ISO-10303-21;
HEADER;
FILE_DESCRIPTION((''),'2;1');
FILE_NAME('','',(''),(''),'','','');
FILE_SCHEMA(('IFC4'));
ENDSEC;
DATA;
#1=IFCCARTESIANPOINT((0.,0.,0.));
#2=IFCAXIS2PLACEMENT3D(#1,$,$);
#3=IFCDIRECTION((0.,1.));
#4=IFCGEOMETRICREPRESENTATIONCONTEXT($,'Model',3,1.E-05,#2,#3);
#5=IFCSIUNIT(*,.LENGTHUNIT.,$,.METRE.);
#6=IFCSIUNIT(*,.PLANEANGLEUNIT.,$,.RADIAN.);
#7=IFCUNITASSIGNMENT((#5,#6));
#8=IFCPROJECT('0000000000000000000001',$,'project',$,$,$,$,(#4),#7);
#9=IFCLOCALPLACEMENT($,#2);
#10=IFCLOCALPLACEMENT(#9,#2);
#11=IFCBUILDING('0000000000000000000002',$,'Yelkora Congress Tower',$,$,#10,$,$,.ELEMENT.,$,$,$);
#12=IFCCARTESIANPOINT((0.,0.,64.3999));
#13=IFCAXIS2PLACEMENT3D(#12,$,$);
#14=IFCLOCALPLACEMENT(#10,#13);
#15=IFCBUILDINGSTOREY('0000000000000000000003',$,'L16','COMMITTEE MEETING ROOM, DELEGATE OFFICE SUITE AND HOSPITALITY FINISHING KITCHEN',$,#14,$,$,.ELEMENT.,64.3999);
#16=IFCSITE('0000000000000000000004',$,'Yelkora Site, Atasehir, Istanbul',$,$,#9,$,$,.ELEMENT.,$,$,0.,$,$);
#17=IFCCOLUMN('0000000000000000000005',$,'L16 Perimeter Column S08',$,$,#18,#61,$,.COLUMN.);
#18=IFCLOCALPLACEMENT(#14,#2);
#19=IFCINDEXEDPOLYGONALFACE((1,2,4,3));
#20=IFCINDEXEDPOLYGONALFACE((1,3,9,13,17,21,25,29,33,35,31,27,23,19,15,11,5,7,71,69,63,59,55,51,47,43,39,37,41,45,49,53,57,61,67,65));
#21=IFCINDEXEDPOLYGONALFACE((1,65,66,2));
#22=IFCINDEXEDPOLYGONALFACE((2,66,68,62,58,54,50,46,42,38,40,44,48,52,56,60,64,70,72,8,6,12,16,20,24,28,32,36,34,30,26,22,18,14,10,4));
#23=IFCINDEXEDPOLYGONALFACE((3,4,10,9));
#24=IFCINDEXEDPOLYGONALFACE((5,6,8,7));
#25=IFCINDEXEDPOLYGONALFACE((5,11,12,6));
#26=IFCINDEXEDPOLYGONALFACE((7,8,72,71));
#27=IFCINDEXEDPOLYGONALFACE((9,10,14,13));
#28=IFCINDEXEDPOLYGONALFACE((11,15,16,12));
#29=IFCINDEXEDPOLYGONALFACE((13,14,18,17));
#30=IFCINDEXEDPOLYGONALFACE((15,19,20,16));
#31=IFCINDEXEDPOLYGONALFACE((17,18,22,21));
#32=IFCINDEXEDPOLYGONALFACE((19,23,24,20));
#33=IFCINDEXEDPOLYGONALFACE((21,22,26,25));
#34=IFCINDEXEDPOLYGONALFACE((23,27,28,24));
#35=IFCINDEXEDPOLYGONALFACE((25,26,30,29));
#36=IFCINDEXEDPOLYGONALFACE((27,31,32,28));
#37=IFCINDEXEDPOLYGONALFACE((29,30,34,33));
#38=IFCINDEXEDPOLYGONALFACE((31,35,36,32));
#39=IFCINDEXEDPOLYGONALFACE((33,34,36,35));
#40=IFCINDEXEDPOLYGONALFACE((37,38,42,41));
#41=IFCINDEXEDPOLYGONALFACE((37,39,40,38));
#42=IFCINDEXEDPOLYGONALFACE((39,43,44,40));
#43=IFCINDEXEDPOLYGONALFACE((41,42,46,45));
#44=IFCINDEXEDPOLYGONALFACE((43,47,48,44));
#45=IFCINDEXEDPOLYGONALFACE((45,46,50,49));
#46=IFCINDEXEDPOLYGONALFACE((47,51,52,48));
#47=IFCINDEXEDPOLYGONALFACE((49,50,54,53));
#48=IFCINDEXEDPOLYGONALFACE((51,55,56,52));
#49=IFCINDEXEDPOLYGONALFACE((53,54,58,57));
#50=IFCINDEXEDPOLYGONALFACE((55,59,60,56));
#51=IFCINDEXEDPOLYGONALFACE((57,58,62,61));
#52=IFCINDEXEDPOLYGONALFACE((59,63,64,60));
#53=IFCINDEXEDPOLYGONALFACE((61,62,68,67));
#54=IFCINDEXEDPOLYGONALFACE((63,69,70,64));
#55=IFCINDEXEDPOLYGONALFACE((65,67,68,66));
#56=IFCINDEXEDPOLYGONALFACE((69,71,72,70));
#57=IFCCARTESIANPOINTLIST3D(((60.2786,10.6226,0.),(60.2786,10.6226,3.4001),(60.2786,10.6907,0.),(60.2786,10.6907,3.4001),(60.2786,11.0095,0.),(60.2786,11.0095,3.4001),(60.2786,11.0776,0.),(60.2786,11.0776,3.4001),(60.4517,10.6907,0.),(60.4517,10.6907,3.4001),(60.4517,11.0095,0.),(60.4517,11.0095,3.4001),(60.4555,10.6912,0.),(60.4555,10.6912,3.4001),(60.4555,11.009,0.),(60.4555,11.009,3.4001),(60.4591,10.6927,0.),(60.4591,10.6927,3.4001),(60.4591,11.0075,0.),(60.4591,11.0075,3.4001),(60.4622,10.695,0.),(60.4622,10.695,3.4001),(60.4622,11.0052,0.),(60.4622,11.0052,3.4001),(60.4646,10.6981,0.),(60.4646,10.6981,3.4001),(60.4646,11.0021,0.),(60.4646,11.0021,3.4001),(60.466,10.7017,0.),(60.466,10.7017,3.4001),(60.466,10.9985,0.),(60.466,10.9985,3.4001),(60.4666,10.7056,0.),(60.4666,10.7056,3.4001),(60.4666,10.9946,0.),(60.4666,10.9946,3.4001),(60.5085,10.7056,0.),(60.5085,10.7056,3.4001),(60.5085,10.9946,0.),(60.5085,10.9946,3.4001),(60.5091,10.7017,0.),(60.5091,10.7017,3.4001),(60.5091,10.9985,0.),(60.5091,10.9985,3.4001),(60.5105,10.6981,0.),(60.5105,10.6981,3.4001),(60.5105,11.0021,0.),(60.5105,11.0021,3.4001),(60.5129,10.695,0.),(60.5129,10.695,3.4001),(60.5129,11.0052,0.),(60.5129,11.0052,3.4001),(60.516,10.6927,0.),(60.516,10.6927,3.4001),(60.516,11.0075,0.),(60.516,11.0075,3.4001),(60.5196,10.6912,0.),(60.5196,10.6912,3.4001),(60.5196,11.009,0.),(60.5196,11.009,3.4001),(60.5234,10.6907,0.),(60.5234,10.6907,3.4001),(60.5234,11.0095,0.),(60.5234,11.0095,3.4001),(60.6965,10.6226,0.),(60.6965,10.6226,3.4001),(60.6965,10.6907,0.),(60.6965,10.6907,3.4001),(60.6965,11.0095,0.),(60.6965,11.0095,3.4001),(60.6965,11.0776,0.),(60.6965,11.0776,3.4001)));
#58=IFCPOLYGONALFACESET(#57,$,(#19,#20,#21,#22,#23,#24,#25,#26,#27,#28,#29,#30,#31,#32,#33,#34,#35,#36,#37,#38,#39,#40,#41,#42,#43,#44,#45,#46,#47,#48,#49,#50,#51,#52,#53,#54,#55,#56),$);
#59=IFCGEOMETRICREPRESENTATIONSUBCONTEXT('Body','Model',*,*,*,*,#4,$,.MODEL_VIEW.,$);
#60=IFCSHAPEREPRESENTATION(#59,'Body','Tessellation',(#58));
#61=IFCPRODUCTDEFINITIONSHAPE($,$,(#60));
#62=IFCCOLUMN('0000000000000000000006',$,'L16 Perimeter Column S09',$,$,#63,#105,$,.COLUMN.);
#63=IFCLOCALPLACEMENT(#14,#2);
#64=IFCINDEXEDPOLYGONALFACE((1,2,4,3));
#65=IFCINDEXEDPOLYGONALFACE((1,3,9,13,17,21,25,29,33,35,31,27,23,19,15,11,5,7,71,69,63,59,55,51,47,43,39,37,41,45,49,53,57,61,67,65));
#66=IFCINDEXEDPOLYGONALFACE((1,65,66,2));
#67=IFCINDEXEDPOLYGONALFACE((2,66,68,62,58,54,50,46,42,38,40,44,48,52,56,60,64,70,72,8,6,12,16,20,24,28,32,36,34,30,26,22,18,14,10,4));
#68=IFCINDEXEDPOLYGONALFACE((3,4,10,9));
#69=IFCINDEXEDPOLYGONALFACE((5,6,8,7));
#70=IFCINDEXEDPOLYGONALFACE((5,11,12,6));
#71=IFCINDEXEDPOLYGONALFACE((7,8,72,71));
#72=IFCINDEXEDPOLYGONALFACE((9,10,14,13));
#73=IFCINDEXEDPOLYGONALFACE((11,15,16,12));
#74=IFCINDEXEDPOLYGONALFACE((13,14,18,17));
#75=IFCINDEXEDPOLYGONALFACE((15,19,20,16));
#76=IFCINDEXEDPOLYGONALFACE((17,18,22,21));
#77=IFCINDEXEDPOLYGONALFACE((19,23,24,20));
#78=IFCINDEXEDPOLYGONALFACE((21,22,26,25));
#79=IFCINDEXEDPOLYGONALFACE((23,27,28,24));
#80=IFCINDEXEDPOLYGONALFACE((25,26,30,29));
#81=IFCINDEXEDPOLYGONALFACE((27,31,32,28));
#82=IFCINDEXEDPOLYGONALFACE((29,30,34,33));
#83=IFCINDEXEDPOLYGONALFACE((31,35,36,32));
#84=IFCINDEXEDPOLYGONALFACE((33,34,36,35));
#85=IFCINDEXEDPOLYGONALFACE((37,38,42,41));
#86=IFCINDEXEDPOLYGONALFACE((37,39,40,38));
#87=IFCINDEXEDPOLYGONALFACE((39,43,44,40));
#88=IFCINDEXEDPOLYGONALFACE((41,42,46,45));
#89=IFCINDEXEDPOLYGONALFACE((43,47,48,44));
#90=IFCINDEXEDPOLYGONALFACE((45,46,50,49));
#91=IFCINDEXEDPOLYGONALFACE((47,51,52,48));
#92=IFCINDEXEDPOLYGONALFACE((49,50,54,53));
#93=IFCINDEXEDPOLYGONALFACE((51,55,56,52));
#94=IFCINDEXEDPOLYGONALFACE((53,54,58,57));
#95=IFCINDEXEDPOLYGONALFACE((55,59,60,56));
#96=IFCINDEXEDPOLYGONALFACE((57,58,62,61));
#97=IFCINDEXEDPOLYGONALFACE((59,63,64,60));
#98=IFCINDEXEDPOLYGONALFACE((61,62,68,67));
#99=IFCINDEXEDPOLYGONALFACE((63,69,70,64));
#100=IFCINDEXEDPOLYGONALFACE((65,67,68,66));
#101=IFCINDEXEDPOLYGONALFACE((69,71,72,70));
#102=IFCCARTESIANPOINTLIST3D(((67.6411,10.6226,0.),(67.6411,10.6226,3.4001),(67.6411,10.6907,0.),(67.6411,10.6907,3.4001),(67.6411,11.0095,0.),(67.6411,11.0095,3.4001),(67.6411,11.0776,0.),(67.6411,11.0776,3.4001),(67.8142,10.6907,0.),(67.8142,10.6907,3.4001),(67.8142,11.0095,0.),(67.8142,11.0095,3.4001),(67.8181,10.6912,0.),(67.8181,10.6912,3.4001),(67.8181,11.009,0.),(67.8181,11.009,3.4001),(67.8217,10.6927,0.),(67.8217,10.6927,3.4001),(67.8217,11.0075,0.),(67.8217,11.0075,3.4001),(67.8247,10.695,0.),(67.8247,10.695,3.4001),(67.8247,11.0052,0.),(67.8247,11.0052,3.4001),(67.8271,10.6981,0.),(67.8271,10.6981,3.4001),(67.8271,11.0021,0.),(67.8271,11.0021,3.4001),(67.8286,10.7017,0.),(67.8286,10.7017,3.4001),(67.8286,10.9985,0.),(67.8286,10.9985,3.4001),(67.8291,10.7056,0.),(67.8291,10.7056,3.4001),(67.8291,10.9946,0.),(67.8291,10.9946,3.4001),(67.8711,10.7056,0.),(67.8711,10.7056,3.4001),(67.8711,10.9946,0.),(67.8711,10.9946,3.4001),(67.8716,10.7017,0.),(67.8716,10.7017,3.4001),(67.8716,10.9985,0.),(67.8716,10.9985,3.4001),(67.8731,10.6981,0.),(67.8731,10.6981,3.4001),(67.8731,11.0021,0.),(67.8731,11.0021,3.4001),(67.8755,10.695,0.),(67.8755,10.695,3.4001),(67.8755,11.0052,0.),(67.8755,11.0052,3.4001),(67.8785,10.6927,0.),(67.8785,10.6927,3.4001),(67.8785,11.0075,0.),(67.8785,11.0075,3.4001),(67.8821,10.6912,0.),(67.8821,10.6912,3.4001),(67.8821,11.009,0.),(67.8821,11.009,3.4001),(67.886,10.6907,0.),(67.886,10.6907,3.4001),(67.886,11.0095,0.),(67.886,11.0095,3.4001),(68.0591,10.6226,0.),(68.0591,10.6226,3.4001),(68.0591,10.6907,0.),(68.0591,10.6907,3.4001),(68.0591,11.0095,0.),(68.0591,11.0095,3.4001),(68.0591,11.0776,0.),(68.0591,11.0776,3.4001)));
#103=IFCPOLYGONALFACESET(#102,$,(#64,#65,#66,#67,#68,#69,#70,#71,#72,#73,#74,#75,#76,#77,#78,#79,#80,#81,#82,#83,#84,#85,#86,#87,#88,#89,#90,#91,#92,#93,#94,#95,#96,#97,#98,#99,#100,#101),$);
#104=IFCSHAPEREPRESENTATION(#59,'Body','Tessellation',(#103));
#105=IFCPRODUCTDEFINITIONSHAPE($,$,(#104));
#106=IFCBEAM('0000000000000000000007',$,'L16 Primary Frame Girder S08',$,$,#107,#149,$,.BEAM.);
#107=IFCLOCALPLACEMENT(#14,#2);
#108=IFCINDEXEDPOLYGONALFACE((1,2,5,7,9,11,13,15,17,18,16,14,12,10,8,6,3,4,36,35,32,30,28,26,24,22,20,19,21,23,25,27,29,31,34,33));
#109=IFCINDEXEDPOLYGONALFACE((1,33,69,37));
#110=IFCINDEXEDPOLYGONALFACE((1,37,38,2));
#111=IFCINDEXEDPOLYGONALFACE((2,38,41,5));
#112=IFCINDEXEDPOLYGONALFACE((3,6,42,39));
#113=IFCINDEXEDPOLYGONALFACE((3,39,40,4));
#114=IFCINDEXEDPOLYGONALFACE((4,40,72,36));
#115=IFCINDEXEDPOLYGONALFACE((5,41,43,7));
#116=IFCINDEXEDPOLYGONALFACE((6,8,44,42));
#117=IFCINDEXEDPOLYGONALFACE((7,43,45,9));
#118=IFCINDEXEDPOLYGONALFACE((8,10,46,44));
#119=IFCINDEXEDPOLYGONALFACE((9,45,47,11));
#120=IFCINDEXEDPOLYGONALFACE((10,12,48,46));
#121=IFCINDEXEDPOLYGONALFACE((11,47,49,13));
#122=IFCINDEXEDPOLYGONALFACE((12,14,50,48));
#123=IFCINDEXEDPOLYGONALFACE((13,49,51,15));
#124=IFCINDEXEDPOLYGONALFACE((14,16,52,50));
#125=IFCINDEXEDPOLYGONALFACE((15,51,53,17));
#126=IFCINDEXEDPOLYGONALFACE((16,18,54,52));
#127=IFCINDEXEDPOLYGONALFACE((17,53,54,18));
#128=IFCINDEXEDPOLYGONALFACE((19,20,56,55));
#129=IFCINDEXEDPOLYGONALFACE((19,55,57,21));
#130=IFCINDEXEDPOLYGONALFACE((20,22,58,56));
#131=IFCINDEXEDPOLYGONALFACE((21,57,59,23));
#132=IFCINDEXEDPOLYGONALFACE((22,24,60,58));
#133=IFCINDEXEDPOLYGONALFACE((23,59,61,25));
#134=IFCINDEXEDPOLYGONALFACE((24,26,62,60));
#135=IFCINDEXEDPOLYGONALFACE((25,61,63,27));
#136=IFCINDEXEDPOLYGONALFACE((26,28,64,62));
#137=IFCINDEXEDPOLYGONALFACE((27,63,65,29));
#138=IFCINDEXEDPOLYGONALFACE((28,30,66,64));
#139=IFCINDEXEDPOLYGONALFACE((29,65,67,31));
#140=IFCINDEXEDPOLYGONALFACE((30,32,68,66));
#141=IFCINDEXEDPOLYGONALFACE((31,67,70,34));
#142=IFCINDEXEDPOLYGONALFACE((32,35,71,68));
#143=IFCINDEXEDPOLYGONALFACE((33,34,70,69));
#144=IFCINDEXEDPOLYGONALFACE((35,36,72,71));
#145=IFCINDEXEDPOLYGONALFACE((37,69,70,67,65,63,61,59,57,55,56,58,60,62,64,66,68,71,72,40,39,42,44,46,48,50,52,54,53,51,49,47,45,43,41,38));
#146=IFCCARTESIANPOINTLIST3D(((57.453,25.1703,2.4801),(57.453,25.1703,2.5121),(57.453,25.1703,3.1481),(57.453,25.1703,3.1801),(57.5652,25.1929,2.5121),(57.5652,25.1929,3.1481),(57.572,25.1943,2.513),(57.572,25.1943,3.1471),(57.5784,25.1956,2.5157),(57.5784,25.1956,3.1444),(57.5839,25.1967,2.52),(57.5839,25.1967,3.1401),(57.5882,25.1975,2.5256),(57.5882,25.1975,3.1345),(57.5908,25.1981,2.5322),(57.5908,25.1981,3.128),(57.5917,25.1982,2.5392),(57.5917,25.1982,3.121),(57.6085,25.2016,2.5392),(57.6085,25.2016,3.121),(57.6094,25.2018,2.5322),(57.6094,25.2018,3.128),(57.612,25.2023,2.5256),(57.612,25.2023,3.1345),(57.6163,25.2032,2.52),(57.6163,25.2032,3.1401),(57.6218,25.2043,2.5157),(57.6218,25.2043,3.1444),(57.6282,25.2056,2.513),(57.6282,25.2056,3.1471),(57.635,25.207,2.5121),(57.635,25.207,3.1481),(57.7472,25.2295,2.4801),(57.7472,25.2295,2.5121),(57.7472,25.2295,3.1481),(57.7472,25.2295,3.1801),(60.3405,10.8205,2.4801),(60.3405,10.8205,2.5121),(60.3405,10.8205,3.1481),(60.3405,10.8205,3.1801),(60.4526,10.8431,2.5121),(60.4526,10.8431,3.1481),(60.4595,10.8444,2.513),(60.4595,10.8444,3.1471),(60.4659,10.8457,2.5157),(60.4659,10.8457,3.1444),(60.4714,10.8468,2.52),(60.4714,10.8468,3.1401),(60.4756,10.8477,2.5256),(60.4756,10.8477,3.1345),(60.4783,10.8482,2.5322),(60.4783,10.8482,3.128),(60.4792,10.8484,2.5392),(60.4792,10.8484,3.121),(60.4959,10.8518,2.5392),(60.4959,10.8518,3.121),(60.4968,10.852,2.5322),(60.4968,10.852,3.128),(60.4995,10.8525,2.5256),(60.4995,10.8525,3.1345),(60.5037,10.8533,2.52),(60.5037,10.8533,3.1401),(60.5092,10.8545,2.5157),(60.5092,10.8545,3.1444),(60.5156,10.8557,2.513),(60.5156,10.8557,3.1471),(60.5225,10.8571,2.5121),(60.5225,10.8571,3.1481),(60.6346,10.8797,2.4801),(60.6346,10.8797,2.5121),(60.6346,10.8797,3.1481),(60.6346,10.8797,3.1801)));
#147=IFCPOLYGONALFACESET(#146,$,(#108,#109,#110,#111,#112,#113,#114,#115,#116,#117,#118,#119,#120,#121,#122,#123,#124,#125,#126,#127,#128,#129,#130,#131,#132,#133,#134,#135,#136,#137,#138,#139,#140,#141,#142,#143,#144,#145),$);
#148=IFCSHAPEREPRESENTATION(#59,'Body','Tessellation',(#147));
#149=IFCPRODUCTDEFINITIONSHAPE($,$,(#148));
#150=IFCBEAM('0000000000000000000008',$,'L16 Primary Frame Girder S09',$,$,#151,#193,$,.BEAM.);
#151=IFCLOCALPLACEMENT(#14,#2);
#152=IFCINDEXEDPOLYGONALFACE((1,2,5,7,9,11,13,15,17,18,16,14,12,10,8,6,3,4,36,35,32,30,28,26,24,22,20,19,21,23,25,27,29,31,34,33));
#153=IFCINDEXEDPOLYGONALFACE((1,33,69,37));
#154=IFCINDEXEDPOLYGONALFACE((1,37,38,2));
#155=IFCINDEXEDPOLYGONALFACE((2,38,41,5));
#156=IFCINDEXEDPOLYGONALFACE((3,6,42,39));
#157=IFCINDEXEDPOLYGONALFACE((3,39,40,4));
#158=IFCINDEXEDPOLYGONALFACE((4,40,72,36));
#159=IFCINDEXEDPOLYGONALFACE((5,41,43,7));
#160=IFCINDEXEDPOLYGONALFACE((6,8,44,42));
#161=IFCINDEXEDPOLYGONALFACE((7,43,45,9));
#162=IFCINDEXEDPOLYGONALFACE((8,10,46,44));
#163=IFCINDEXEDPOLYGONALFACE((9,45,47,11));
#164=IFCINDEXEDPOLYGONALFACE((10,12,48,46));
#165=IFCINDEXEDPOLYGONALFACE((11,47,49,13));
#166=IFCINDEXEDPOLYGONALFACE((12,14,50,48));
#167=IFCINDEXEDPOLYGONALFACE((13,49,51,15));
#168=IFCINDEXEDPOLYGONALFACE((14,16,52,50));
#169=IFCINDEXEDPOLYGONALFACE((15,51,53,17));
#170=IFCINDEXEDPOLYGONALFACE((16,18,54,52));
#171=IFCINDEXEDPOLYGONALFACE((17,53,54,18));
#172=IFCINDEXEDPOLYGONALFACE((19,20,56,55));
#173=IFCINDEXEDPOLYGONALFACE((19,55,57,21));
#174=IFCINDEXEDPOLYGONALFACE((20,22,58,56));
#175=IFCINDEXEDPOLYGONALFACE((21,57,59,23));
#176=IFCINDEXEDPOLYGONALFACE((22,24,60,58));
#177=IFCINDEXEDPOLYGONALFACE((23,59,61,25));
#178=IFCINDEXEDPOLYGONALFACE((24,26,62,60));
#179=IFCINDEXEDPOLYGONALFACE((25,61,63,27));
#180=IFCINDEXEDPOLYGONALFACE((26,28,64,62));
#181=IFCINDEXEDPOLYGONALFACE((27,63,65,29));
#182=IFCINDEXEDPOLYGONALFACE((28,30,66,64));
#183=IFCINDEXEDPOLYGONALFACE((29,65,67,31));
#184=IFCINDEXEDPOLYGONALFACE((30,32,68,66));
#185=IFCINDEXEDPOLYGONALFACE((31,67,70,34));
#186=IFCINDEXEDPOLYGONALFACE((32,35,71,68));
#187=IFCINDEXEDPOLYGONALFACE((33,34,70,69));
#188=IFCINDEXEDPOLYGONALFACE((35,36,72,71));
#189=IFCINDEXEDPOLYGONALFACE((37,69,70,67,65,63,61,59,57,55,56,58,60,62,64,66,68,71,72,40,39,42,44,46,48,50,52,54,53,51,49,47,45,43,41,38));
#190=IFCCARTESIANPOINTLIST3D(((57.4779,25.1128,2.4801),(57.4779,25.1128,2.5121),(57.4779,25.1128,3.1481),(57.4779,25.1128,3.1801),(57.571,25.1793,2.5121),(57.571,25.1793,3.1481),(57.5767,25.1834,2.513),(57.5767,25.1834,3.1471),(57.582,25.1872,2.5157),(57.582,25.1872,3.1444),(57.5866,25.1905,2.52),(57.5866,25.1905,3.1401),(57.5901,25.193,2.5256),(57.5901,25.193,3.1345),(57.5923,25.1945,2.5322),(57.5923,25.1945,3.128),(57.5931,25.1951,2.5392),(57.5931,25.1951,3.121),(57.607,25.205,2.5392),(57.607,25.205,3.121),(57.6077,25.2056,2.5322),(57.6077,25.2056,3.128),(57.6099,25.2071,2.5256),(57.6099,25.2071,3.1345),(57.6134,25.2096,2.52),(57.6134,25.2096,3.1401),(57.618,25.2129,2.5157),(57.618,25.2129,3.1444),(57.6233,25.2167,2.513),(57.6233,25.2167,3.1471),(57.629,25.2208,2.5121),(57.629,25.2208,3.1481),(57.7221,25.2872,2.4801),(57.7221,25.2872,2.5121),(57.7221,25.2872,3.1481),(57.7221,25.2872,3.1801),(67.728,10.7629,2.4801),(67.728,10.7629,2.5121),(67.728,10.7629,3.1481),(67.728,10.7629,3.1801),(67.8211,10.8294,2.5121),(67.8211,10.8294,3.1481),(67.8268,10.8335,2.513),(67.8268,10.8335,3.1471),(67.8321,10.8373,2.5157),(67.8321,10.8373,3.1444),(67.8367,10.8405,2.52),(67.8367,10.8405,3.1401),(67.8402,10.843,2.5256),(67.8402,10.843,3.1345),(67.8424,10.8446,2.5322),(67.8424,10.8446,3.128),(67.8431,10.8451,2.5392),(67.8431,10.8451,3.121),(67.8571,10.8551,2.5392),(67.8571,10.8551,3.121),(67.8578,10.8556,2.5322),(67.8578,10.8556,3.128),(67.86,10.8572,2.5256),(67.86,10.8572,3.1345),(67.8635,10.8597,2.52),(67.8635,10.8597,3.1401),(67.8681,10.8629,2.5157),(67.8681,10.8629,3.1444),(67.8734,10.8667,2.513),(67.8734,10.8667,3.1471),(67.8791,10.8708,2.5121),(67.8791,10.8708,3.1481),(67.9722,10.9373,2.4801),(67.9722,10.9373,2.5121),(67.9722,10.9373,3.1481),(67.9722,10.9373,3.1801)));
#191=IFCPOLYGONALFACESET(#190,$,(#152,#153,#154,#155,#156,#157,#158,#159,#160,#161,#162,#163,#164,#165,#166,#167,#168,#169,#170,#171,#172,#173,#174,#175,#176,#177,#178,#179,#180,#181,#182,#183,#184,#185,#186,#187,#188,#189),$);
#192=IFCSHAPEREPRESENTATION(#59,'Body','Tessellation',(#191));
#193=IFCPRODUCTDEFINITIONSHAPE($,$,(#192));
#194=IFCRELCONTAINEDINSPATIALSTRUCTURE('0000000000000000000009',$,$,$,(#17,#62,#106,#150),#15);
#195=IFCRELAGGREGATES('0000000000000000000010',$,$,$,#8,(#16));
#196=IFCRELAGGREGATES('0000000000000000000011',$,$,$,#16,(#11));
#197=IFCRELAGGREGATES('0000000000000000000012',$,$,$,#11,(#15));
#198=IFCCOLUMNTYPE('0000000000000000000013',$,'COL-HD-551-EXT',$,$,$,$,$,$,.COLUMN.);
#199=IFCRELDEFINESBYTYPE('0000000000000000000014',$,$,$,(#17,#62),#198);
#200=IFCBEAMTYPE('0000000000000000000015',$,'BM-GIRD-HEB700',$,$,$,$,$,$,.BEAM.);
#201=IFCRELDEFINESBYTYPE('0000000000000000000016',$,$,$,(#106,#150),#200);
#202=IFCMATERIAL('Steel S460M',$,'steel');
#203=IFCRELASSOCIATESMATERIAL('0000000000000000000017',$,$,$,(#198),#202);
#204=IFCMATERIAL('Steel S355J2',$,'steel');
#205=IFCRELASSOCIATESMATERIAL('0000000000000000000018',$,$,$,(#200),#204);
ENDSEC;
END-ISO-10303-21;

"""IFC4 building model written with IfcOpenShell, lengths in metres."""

from ifc_helpers import new_model, si_unit, direction, frame, origin, origin_2d, place, context, subcontext, project, spatial, i_section, extrude, material, material_profile, profile_set, type_object, element, save


model = new_model("IFC4")

# Units and contexts
model_context = context("Model", 3, precision=1e-05, world=origin(), true_north=direction((0.0, 1.0)))
body_context = subcontext(model_context, "Body", "Model", "MODEL_VIEW")
ifc_project = project(units=[si_unit("LENGTHUNIT", "METRE"), si_unit("PLANEANGLEUNIT", "RADIAN")], contexts=[model_context])

# Site, building, storey
site_placement = place(None, origin())
site = spatial("IfcSite", under=ifc_project, at=site_placement, Name="Yelkora Site, Atasehir, Istanbul", CompositionType="ELEMENT", RefElevation=0.0)
building_placement = place(site_placement, origin())
building = spatial("IfcBuilding", under=site, at=building_placement, Name="Yelkora Congress Tower", CompositionType="ELEMENT")
storey_placement = place(building_placement, frame((0.0, 0.0, 64.3999)))
storey = spatial("IfcBuildingStorey", under=building, at=storey_placement, Name="L16", Description="COMMITTEE MEETING ROOM, DELEGATE OFFICE SUITE AND HOSPITALITY FINISHING KITCHEN", CompositionType="ELEMENT", Elevation=64.3999)

# Columns
ifc_material_1 = material(Name="Steel S460M", Category="steel")
ifc_material_profile_1 = material_profile(ifc_material_1, i_section(OverallWidth=0.418, OverallDepth=0.4551, WebThickness=0.042, FlangeThickness=0.0681, FilletRadius=0.0149, at=origin_2d()), Name="HD 400x551")
ifc_profile_set_1 = profile_set([ifc_material_profile_1], Name="Steel S460M")
column_type = type_object("IfcColumnType", Name="COL-HD-551-EXT", PredefinedType="COLUMN", material=ifc_profile_set_1)
for number, where, z_axis, x_axis, name in (
    (1, (60.4875, 10.8501, 0.0), (0.0, 0.0, 1.0), (1.0, 0.0, 0.0), "L16 Perimeter Column S08"),
    (2, (67.8501, 10.8501, 0.0), (0.0, 0.0, 1.0), (1.0, 0.0, 0.0), "L16 Perimeter Column S09"),
):
    element("IfcColumn", number, at=place(storey_placement, frame(where, z_axis=z_axis, x_axis=x_axis)), inside=storey, type_object=column_type, Name=name, PredefinedType="COLUMN", context=body_context, shape_type="SweptSolid", body=[
        extrude(i_section(OverallWidth=0.418, OverallDepth=0.4551, WebThickness=0.042, FlangeThickness=0.0681, FilletRadius=0.0149, at=origin_2d()), origin(), (0.0, 0.0, 1.0), 3.4001),
    ])

# Beams
ifc_material_2 = material(Name="Steel S355J2", Category="steel")
ifc_material_profile_2 = material_profile(ifc_material_2, i_section(OverallWidth=0.3, OverallDepth=0.7, WebThickness=0.0171, FlangeThickness=0.032, FilletRadius=0.0271, at=origin_2d()), Name="HEB 700")
ifc_profile_set_2 = profile_set([ifc_material_profile_2], Name="Steel S355J2")
beam_type_1 = type_object("IfcBeamType", Name="BM-GIRD-HEB700", PredefinedType="BEAM", material=ifc_profile_set_2)
beam_1_placement = place(storey_placement, frame((60.4875, 10.8501, 2.8301), z_axis=(-0.197264, 0.98035, 0.0), x_axis=(-0.98035, -0.197264, 0.0)))
element("IfcBeam", 3, at=beam_1_placement, inside=storey, type_object=beam_type_1, Name="L16 Primary Frame Girder S08", PredefinedType="BEAM", context=body_context, shape_type="SweptSolid", body=[
    extrude(i_section(OverallWidth=0.3, OverallDepth=0.7, WebThickness=0.0171, FlangeThickness=0.032, FilletRadius=0.0271, at=origin_2d()), origin(), (0.0, 0.0, 1.0), 14.6375),
])
beam_2_placement = place(storey_placement, frame((67.8501, 10.8501, 2.8301), z_axis=(-0.581242, 0.813731, 0.0), x_axis=(-0.813731, -0.581242, 0.0)))
element("IfcBeam", 4, at=beam_2_placement, inside=storey, type_object=beam_type_1, Name="L16 Primary Frame Girder S09", PredefinedType="BEAM", context=body_context, shape_type="SweptSolid", body=[
    extrude(i_section(OverallWidth=0.3, OverallDepth=0.7, WebThickness=0.0171, FlangeThickness=0.032, FilletRadius=0.0271, at=origin_2d()), origin(), (0.0, 0.0, 1.0), 17.6348),
])

save(model, "model.ifc")
